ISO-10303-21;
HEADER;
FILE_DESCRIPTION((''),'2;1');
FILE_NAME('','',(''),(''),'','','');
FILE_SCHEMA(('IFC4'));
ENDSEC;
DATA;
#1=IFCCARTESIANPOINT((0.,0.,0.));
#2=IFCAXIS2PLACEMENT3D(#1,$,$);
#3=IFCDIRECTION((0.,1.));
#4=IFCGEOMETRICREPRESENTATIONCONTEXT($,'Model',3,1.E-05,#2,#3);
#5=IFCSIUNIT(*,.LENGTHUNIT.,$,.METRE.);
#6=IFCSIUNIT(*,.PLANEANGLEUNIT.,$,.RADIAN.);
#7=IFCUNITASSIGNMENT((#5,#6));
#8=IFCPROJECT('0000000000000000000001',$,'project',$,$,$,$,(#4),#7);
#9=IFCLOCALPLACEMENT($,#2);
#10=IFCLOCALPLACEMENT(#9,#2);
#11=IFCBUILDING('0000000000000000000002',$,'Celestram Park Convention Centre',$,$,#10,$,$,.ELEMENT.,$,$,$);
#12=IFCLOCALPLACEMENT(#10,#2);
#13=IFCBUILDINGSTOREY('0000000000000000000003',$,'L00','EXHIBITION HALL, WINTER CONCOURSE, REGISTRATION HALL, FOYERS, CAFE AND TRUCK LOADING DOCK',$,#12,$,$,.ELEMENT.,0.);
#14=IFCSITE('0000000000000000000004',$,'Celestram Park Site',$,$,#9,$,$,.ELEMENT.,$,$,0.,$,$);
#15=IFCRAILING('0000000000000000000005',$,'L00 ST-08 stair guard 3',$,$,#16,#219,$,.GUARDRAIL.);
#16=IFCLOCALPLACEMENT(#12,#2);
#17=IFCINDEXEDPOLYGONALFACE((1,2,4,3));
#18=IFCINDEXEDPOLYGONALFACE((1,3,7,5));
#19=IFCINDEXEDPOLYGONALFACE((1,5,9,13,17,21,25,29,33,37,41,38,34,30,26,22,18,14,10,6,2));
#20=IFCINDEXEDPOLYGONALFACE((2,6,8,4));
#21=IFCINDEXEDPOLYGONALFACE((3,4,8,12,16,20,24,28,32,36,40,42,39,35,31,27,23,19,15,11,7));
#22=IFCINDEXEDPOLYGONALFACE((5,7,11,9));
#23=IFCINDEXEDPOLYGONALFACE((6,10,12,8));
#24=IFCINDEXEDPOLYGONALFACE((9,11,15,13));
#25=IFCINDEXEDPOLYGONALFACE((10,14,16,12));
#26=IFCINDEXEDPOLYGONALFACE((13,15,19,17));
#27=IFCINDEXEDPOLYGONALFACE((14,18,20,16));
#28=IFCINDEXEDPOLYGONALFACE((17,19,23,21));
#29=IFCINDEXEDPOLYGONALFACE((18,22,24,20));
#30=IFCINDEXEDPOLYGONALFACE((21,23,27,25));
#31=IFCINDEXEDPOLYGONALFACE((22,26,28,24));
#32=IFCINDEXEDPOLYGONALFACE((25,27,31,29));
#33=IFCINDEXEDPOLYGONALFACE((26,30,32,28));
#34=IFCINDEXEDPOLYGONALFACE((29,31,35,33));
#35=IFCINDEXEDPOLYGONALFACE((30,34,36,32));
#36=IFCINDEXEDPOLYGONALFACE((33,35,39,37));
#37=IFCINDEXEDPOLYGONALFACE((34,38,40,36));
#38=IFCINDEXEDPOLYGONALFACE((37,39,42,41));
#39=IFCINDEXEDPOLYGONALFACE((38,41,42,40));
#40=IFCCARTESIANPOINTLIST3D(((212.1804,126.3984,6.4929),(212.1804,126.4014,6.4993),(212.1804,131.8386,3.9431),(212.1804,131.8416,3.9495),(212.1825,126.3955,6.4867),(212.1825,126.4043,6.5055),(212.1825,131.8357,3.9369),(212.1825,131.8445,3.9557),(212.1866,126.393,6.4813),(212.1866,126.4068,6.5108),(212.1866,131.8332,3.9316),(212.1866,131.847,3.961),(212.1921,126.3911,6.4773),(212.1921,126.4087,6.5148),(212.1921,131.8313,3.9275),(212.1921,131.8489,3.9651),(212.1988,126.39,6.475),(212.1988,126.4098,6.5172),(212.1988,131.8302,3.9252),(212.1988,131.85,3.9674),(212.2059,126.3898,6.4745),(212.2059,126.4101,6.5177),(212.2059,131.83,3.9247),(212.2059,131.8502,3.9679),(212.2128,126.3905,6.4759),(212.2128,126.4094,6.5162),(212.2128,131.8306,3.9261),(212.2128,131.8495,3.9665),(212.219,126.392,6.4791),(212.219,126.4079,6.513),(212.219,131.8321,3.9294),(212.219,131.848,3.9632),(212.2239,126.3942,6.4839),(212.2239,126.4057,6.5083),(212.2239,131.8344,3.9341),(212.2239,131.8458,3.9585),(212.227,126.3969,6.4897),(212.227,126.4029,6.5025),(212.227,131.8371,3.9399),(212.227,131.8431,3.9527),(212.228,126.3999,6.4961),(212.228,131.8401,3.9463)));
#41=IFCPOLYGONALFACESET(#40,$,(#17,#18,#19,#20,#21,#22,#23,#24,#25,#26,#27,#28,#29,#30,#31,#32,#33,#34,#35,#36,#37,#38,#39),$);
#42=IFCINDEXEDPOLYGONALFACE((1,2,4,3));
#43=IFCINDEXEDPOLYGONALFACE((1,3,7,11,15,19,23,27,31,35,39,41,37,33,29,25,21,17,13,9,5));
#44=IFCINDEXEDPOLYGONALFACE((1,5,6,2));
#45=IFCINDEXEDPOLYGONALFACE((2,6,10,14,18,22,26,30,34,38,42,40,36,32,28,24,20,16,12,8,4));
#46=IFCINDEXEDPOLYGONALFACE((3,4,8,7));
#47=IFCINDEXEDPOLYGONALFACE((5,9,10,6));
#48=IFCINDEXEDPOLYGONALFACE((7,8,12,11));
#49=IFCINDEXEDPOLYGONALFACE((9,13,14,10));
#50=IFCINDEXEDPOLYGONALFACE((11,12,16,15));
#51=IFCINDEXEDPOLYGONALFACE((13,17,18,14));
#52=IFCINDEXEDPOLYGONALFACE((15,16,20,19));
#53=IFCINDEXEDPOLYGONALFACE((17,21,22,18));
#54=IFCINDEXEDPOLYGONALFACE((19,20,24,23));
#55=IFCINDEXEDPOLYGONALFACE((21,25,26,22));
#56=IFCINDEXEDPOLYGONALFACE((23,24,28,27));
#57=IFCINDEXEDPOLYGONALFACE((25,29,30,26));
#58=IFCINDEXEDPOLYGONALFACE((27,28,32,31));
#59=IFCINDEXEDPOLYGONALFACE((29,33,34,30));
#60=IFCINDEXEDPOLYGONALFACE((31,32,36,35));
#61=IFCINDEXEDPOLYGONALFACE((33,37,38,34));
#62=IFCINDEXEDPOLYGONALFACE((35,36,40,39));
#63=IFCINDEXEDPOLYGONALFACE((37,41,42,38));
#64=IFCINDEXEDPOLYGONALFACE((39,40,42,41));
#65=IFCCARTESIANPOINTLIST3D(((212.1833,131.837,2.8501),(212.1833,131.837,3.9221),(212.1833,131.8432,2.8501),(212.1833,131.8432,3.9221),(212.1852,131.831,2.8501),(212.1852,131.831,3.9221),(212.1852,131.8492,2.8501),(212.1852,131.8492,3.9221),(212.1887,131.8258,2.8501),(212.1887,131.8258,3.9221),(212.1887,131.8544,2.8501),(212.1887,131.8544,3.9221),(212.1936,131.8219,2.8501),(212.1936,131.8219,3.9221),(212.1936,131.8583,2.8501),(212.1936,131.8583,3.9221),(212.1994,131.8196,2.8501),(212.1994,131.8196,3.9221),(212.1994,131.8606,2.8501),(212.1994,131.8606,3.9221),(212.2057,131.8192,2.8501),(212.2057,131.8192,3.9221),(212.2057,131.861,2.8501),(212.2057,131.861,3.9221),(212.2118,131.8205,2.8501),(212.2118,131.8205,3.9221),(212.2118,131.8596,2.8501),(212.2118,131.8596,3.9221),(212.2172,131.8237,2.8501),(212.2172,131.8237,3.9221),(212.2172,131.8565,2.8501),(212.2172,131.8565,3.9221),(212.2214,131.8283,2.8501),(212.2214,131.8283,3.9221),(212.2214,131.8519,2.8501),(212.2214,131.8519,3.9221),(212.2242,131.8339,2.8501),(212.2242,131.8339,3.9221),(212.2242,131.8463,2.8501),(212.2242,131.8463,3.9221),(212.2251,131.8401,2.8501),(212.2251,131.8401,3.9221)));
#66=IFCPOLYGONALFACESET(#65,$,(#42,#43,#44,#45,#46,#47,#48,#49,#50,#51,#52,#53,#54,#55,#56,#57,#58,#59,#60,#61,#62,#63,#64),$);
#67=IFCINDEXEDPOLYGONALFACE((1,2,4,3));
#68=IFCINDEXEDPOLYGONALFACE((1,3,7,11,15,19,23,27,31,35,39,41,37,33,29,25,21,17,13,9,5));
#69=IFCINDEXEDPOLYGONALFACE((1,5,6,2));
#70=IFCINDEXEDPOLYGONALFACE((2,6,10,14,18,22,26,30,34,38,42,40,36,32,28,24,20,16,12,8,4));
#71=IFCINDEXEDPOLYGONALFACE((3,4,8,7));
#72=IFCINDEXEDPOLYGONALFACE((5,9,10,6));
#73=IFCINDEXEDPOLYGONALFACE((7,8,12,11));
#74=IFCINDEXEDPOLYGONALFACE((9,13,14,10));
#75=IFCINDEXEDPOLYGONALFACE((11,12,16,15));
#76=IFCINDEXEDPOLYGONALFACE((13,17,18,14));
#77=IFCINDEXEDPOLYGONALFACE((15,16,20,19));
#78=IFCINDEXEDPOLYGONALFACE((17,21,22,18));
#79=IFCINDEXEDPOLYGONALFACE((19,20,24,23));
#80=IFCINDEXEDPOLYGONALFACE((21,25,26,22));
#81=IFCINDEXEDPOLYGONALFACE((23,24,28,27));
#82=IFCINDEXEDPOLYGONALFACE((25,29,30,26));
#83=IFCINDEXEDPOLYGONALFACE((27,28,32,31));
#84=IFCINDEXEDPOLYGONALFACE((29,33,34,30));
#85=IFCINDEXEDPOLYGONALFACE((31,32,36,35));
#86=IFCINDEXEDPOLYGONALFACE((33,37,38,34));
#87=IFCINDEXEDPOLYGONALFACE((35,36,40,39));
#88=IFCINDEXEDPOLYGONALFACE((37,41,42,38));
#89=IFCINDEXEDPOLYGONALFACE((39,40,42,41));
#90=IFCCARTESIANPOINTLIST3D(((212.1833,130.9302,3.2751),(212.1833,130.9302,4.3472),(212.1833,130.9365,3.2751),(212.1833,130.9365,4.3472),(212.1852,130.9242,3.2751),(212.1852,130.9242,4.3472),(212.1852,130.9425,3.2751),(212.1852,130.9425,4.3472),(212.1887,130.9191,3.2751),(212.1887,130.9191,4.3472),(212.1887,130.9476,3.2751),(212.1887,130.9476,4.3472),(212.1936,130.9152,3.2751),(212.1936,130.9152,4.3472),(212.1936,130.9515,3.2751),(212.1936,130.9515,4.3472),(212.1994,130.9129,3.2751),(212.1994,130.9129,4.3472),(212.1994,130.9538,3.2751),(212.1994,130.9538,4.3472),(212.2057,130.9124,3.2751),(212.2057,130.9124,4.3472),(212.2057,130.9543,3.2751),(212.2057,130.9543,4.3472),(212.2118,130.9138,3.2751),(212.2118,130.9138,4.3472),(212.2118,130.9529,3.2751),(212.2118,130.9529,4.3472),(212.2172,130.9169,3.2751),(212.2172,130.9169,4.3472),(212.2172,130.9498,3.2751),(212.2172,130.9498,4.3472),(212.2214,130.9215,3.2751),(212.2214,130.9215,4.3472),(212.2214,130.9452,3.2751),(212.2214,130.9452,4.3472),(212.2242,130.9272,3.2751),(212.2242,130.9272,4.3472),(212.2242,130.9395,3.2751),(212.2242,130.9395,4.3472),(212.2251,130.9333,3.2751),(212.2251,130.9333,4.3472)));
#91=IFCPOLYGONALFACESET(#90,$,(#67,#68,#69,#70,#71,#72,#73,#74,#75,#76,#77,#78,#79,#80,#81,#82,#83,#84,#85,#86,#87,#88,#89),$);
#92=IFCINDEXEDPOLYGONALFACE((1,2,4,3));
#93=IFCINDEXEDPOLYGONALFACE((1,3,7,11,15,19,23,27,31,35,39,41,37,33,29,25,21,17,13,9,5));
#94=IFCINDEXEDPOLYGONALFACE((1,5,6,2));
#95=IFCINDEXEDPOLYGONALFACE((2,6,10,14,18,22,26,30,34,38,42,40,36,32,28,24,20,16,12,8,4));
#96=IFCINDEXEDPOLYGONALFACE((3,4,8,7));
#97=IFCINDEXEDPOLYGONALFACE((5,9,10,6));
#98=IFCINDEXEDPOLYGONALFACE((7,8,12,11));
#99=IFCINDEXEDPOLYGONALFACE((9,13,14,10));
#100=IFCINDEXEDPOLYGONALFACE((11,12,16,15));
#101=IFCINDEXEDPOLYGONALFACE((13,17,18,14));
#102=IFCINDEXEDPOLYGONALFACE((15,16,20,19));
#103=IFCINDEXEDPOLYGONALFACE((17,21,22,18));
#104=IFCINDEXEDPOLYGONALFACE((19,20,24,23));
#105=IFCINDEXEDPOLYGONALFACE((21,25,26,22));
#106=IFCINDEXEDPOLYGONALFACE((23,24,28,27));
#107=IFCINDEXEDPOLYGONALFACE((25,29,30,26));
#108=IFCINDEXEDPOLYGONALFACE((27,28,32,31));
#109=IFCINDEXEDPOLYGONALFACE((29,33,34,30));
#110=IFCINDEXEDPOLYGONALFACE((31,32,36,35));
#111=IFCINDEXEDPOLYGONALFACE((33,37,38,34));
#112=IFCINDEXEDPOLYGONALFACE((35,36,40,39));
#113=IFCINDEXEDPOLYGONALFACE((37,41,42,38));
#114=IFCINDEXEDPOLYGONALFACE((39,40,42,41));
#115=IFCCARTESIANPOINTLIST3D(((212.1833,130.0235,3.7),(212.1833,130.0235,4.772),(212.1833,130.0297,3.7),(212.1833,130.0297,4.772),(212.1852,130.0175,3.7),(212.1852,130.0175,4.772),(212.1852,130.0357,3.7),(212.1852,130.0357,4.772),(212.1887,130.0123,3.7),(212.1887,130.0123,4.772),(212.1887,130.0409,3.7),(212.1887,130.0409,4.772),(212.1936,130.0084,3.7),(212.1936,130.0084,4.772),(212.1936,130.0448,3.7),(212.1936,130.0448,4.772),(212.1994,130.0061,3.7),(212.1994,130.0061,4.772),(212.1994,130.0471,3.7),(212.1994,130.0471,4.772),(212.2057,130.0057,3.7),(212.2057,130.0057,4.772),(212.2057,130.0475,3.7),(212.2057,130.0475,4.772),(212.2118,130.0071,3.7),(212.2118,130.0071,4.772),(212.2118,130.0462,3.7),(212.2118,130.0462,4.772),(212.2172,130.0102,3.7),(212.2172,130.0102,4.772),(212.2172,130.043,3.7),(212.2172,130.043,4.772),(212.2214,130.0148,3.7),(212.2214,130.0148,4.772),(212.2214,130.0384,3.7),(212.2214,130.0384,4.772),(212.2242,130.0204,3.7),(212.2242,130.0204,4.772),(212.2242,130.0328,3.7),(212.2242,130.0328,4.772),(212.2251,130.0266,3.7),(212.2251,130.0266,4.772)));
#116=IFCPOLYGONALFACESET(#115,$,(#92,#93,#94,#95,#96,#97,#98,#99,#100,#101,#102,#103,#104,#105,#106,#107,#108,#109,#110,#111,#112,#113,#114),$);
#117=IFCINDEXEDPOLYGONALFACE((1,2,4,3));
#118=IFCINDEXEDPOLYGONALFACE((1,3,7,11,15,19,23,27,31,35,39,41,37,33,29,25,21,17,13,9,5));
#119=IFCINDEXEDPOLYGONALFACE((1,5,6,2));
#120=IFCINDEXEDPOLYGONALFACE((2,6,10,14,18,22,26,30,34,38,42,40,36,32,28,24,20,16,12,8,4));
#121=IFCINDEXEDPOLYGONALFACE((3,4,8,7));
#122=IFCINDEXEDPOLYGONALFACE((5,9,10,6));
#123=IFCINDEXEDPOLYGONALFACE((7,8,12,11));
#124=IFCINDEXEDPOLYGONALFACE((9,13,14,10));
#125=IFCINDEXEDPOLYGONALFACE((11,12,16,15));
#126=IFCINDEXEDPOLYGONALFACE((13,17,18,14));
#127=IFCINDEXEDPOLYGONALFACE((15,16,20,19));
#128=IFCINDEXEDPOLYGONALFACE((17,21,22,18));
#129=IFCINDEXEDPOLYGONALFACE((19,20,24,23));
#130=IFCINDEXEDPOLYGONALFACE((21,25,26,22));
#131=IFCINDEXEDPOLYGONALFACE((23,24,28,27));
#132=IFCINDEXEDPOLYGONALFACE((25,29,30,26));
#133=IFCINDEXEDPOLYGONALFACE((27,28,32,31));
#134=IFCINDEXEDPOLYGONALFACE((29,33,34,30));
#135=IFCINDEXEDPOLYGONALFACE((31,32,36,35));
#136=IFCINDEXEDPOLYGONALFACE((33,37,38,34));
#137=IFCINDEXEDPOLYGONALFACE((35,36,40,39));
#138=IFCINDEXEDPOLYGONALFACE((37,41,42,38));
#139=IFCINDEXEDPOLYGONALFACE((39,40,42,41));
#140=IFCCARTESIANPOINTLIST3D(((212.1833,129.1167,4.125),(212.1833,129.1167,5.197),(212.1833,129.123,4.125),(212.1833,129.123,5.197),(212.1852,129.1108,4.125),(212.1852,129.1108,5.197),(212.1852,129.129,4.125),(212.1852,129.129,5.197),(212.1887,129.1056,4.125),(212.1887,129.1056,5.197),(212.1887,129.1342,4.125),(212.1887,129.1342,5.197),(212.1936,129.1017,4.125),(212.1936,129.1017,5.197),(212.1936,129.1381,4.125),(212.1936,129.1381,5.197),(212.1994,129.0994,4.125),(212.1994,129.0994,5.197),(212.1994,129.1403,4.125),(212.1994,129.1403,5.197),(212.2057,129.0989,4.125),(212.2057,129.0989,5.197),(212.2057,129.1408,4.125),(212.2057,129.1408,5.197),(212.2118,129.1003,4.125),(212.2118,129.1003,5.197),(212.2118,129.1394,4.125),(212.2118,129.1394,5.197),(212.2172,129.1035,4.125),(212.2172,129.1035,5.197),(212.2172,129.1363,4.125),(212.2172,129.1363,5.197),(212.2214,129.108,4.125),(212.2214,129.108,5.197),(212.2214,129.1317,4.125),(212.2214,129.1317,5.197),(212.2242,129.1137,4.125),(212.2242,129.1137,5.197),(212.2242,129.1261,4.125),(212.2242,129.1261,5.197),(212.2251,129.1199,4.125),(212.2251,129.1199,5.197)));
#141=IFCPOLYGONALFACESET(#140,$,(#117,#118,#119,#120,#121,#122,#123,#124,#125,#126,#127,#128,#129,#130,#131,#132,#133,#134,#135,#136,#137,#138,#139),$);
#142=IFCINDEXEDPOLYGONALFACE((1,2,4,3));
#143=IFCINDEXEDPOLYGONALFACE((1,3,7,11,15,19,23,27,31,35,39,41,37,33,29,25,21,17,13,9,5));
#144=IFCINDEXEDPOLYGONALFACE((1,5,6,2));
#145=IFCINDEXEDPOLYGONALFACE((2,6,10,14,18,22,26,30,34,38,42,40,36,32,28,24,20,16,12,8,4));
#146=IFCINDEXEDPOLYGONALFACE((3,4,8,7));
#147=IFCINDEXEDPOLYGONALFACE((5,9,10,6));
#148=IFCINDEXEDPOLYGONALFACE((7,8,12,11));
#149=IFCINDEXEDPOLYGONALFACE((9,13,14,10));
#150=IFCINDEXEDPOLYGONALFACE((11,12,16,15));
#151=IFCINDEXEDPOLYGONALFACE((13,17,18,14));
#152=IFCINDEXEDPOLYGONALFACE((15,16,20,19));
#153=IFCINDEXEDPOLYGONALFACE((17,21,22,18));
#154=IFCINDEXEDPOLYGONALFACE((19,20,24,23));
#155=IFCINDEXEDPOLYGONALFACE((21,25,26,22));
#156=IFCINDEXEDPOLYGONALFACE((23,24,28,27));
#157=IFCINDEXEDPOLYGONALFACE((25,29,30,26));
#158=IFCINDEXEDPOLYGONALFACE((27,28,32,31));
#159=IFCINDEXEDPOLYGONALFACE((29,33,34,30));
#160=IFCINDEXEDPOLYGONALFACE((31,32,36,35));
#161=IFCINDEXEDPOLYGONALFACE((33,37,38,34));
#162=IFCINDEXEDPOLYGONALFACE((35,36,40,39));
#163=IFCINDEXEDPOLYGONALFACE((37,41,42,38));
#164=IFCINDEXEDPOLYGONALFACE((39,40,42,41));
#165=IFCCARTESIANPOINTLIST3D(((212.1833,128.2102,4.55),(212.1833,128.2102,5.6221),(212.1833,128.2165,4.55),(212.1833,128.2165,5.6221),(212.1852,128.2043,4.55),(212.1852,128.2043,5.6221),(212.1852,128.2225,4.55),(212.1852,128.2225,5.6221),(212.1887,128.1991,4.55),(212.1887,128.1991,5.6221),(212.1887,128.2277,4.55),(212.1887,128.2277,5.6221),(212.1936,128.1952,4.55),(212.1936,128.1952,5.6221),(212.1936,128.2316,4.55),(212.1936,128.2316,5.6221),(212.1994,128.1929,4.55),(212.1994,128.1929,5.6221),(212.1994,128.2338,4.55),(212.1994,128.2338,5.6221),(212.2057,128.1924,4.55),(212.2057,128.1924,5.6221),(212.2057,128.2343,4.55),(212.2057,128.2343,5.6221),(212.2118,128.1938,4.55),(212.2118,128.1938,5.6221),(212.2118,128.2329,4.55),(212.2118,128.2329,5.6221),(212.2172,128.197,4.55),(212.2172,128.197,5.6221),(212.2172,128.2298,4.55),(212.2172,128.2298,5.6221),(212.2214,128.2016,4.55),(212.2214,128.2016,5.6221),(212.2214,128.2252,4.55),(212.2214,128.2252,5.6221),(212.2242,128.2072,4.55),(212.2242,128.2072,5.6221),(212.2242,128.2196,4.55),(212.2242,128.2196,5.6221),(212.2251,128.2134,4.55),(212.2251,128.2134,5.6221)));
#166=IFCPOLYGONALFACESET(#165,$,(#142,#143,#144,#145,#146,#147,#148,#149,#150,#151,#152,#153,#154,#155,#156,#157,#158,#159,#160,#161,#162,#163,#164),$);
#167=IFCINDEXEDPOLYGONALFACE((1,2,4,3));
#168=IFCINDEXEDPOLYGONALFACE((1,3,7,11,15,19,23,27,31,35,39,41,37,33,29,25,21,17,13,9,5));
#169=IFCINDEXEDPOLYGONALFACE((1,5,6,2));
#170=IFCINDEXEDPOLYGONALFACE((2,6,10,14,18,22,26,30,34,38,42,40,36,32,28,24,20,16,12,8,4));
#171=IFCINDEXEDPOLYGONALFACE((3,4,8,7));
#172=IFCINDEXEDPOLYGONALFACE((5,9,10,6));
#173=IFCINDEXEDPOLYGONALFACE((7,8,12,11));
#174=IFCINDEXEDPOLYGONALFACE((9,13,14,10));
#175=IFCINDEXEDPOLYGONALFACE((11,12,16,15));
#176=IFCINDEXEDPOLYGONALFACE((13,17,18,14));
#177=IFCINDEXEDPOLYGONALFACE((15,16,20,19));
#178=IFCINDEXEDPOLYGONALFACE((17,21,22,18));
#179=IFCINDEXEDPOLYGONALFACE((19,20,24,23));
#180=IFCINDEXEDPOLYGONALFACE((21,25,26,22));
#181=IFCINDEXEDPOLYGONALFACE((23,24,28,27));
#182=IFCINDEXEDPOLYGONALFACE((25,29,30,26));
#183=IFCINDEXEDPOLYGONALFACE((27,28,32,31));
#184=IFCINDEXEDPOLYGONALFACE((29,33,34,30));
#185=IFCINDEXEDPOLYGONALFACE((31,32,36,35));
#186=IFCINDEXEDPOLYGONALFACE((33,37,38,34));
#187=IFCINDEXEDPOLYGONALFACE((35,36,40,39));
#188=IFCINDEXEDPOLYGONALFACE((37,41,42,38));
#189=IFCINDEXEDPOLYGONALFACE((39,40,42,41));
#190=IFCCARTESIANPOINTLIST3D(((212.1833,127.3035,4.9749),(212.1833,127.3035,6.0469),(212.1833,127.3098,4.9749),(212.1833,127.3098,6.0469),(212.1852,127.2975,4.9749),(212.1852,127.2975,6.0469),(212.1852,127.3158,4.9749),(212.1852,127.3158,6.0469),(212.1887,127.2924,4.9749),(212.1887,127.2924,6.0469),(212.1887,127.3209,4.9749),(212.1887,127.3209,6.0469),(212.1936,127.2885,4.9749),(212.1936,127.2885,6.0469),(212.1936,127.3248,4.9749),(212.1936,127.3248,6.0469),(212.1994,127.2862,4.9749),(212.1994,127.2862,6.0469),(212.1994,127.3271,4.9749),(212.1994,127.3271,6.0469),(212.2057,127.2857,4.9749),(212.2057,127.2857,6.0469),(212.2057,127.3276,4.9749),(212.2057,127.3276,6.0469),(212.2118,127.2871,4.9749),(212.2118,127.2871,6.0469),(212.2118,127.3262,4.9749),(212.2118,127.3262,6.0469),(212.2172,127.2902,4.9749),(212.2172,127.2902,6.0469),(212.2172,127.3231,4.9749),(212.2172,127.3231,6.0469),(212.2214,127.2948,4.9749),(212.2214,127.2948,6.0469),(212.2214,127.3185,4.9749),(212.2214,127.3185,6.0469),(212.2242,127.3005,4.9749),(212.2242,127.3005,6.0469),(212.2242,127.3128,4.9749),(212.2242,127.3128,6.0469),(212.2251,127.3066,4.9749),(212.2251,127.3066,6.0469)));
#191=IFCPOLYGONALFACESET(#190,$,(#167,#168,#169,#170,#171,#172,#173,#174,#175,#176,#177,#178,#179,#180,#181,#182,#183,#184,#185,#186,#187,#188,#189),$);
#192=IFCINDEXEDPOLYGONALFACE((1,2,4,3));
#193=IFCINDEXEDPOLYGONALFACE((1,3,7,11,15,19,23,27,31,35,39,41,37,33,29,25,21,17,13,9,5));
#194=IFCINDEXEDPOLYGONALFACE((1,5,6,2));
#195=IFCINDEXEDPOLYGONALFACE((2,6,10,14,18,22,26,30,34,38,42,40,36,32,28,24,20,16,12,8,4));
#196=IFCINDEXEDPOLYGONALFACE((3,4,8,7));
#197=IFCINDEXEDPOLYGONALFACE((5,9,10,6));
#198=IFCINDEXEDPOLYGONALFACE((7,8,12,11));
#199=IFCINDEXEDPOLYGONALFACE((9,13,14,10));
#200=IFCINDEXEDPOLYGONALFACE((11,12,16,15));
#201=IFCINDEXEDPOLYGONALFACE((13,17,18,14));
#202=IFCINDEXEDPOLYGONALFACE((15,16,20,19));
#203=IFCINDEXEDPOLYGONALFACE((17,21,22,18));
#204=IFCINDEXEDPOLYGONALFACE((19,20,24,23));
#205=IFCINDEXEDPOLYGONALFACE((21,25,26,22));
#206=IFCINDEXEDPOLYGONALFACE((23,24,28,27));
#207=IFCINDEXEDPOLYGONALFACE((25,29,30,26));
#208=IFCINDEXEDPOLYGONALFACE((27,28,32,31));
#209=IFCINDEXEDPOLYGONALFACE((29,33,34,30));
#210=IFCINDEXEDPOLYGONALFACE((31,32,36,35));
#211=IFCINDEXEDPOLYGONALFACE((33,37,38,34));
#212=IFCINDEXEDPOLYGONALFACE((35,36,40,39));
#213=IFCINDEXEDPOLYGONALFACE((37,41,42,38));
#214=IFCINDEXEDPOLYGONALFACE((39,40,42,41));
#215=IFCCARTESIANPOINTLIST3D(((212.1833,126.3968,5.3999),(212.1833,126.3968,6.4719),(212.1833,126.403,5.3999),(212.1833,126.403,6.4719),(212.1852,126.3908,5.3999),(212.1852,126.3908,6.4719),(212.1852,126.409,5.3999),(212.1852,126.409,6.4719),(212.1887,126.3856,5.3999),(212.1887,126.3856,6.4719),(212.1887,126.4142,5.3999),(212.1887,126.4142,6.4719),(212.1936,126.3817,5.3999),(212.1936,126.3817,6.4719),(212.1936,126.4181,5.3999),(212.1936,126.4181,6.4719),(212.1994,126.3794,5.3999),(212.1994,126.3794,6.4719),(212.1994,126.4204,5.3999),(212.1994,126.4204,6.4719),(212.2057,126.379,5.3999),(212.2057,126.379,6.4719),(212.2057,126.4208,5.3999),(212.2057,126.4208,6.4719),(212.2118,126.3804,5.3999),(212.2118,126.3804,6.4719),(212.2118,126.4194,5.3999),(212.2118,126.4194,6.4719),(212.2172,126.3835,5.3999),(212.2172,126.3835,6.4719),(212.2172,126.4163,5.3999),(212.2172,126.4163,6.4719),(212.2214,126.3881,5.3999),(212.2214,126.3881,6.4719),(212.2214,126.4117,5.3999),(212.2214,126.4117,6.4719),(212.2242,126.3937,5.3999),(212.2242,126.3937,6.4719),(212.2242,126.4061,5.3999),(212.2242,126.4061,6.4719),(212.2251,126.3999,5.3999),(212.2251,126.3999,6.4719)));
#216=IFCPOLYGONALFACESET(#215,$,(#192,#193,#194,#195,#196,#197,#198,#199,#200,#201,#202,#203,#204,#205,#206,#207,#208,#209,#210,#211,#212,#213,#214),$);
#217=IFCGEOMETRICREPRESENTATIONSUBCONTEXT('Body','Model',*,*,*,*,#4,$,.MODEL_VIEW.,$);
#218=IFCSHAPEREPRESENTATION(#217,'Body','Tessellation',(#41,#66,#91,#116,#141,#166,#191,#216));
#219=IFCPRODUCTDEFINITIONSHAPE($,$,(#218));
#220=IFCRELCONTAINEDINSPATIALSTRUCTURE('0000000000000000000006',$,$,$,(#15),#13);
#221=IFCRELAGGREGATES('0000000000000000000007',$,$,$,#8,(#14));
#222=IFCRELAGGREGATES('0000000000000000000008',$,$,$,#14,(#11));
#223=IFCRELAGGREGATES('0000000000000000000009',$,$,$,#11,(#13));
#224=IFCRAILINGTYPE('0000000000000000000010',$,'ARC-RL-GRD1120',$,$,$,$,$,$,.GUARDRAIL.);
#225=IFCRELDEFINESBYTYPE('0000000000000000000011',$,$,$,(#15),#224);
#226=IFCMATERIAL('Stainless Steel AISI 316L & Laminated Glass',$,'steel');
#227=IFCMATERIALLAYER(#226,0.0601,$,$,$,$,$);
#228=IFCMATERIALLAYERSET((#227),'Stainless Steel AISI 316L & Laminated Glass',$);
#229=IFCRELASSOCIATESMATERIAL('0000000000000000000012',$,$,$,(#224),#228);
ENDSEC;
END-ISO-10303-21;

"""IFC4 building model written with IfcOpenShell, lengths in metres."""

from ifc_helpers import new_model, si_unit, direction, frame, origin, origin_2d, place, context, subcontext, project, spatial, circle, extrude, material, layer, layer_set, type_object, element, save


model = new_model("IFC4")

# Units and contexts
model_context = context("Model", 3, precision=1e-05, world=origin(), true_north=direction((0.0, 1.0)))
body_context = subcontext(model_context, "Body", "Model", "MODEL_VIEW")
ifc_project = project(units=[si_unit("LENGTHUNIT", "METRE"), si_unit("PLANEANGLEUNIT", "RADIAN")], contexts=[model_context])

# Site, building, storey
site_placement = place(None, origin())
site = spatial("IfcSite", under=ifc_project, at=site_placement, Name="Celestram Park Site", CompositionType="ELEMENT", RefElevation=0.0)
building_placement = place(site_placement, origin())
building = spatial("IfcBuilding", under=site, at=building_placement, Name="Celestram Park Convention Centre", CompositionType="ELEMENT")
storey_placement = place(building_placement, origin())
storey = spatial("IfcBuildingStorey", under=building, at=storey_placement, Name="L00", Description="EXHIBITION HALL, WINTER CONCOURSE, REGISTRATION HALL, FOYERS, CAFE AND TRUCK LOADING DOCK", CompositionType="ELEMENT", Elevation=0.0)

# Railing
ifc_material_1 = material(Name="Stainless Steel AISI 316L & Laminated Glass", Category="steel")
ifc_layer_1 = layer(ifc_material_1, 0.0601)
ifc_layer_set_1 = layer_set([ifc_layer_1], Name="Stainless Steel AISI 316L & Laminated Glass")
railing_type_1 = type_object("IfcRailingType", Name="ARC-RL-GRD1120", PredefinedType="GUARDRAIL", material=ifc_layer_set_1)
railing_1_placement = place(storey_placement, frame((212.2041, 131.8401, 2.8501)))
element("IfcRailing", 1, at=railing_1_placement, inside=storey, type_object=railing_type_1, Name="L00 ST-08 stair guard 3", PredefinedType="GUARDRAIL", context=body_context, shape_type="SweptSolid", body=[
    extrude(circle(Radius=0.0239, at=origin_2d()), frame((0.0, 0.0, 1.0962), z_axis=(0.0, -0.905477, 0.424395), x_axis=(1.0, 0.0, 0.0)), (0.0, 0.0, 1.0), 6.0081),
    extrude(circle(Radius=0.021, at=origin_2d()), origin(), (0.0, 0.0, 1.0), 1.072),
    extrude(circle(Radius=0.021, at=origin_2d()), frame((0.0, -0.9067, 0.425)), (0.0, 0.0, 1.0), 1.072),
    extrude(circle(Radius=0.021, at=origin_2d()), frame((0.0, -1.8135, 0.8499)), (0.0, 0.0, 1.0), 1.072),
    extrude(circle(Radius=0.021, at=origin_2d()), frame((0.0, -2.7202, 1.2749)), (0.0, 0.0, 1.0), 1.072),
    extrude(circle(Radius=0.021, at=origin_2d()), frame((0.0, -3.6267, 1.7)), (0.0, 0.0, 1.0), 1.072),
    extrude(circle(Radius=0.021, at=origin_2d()), frame((0.0, -4.5334, 2.1248)), (0.0, 0.0, 1.0), 1.072),
    extrude(circle(Radius=0.021, at=origin_2d()), frame((0.0, -5.4402, 2.5498)), (0.0, 0.0, 1.0), 1.072),
])

save(model, "model.ifc")
